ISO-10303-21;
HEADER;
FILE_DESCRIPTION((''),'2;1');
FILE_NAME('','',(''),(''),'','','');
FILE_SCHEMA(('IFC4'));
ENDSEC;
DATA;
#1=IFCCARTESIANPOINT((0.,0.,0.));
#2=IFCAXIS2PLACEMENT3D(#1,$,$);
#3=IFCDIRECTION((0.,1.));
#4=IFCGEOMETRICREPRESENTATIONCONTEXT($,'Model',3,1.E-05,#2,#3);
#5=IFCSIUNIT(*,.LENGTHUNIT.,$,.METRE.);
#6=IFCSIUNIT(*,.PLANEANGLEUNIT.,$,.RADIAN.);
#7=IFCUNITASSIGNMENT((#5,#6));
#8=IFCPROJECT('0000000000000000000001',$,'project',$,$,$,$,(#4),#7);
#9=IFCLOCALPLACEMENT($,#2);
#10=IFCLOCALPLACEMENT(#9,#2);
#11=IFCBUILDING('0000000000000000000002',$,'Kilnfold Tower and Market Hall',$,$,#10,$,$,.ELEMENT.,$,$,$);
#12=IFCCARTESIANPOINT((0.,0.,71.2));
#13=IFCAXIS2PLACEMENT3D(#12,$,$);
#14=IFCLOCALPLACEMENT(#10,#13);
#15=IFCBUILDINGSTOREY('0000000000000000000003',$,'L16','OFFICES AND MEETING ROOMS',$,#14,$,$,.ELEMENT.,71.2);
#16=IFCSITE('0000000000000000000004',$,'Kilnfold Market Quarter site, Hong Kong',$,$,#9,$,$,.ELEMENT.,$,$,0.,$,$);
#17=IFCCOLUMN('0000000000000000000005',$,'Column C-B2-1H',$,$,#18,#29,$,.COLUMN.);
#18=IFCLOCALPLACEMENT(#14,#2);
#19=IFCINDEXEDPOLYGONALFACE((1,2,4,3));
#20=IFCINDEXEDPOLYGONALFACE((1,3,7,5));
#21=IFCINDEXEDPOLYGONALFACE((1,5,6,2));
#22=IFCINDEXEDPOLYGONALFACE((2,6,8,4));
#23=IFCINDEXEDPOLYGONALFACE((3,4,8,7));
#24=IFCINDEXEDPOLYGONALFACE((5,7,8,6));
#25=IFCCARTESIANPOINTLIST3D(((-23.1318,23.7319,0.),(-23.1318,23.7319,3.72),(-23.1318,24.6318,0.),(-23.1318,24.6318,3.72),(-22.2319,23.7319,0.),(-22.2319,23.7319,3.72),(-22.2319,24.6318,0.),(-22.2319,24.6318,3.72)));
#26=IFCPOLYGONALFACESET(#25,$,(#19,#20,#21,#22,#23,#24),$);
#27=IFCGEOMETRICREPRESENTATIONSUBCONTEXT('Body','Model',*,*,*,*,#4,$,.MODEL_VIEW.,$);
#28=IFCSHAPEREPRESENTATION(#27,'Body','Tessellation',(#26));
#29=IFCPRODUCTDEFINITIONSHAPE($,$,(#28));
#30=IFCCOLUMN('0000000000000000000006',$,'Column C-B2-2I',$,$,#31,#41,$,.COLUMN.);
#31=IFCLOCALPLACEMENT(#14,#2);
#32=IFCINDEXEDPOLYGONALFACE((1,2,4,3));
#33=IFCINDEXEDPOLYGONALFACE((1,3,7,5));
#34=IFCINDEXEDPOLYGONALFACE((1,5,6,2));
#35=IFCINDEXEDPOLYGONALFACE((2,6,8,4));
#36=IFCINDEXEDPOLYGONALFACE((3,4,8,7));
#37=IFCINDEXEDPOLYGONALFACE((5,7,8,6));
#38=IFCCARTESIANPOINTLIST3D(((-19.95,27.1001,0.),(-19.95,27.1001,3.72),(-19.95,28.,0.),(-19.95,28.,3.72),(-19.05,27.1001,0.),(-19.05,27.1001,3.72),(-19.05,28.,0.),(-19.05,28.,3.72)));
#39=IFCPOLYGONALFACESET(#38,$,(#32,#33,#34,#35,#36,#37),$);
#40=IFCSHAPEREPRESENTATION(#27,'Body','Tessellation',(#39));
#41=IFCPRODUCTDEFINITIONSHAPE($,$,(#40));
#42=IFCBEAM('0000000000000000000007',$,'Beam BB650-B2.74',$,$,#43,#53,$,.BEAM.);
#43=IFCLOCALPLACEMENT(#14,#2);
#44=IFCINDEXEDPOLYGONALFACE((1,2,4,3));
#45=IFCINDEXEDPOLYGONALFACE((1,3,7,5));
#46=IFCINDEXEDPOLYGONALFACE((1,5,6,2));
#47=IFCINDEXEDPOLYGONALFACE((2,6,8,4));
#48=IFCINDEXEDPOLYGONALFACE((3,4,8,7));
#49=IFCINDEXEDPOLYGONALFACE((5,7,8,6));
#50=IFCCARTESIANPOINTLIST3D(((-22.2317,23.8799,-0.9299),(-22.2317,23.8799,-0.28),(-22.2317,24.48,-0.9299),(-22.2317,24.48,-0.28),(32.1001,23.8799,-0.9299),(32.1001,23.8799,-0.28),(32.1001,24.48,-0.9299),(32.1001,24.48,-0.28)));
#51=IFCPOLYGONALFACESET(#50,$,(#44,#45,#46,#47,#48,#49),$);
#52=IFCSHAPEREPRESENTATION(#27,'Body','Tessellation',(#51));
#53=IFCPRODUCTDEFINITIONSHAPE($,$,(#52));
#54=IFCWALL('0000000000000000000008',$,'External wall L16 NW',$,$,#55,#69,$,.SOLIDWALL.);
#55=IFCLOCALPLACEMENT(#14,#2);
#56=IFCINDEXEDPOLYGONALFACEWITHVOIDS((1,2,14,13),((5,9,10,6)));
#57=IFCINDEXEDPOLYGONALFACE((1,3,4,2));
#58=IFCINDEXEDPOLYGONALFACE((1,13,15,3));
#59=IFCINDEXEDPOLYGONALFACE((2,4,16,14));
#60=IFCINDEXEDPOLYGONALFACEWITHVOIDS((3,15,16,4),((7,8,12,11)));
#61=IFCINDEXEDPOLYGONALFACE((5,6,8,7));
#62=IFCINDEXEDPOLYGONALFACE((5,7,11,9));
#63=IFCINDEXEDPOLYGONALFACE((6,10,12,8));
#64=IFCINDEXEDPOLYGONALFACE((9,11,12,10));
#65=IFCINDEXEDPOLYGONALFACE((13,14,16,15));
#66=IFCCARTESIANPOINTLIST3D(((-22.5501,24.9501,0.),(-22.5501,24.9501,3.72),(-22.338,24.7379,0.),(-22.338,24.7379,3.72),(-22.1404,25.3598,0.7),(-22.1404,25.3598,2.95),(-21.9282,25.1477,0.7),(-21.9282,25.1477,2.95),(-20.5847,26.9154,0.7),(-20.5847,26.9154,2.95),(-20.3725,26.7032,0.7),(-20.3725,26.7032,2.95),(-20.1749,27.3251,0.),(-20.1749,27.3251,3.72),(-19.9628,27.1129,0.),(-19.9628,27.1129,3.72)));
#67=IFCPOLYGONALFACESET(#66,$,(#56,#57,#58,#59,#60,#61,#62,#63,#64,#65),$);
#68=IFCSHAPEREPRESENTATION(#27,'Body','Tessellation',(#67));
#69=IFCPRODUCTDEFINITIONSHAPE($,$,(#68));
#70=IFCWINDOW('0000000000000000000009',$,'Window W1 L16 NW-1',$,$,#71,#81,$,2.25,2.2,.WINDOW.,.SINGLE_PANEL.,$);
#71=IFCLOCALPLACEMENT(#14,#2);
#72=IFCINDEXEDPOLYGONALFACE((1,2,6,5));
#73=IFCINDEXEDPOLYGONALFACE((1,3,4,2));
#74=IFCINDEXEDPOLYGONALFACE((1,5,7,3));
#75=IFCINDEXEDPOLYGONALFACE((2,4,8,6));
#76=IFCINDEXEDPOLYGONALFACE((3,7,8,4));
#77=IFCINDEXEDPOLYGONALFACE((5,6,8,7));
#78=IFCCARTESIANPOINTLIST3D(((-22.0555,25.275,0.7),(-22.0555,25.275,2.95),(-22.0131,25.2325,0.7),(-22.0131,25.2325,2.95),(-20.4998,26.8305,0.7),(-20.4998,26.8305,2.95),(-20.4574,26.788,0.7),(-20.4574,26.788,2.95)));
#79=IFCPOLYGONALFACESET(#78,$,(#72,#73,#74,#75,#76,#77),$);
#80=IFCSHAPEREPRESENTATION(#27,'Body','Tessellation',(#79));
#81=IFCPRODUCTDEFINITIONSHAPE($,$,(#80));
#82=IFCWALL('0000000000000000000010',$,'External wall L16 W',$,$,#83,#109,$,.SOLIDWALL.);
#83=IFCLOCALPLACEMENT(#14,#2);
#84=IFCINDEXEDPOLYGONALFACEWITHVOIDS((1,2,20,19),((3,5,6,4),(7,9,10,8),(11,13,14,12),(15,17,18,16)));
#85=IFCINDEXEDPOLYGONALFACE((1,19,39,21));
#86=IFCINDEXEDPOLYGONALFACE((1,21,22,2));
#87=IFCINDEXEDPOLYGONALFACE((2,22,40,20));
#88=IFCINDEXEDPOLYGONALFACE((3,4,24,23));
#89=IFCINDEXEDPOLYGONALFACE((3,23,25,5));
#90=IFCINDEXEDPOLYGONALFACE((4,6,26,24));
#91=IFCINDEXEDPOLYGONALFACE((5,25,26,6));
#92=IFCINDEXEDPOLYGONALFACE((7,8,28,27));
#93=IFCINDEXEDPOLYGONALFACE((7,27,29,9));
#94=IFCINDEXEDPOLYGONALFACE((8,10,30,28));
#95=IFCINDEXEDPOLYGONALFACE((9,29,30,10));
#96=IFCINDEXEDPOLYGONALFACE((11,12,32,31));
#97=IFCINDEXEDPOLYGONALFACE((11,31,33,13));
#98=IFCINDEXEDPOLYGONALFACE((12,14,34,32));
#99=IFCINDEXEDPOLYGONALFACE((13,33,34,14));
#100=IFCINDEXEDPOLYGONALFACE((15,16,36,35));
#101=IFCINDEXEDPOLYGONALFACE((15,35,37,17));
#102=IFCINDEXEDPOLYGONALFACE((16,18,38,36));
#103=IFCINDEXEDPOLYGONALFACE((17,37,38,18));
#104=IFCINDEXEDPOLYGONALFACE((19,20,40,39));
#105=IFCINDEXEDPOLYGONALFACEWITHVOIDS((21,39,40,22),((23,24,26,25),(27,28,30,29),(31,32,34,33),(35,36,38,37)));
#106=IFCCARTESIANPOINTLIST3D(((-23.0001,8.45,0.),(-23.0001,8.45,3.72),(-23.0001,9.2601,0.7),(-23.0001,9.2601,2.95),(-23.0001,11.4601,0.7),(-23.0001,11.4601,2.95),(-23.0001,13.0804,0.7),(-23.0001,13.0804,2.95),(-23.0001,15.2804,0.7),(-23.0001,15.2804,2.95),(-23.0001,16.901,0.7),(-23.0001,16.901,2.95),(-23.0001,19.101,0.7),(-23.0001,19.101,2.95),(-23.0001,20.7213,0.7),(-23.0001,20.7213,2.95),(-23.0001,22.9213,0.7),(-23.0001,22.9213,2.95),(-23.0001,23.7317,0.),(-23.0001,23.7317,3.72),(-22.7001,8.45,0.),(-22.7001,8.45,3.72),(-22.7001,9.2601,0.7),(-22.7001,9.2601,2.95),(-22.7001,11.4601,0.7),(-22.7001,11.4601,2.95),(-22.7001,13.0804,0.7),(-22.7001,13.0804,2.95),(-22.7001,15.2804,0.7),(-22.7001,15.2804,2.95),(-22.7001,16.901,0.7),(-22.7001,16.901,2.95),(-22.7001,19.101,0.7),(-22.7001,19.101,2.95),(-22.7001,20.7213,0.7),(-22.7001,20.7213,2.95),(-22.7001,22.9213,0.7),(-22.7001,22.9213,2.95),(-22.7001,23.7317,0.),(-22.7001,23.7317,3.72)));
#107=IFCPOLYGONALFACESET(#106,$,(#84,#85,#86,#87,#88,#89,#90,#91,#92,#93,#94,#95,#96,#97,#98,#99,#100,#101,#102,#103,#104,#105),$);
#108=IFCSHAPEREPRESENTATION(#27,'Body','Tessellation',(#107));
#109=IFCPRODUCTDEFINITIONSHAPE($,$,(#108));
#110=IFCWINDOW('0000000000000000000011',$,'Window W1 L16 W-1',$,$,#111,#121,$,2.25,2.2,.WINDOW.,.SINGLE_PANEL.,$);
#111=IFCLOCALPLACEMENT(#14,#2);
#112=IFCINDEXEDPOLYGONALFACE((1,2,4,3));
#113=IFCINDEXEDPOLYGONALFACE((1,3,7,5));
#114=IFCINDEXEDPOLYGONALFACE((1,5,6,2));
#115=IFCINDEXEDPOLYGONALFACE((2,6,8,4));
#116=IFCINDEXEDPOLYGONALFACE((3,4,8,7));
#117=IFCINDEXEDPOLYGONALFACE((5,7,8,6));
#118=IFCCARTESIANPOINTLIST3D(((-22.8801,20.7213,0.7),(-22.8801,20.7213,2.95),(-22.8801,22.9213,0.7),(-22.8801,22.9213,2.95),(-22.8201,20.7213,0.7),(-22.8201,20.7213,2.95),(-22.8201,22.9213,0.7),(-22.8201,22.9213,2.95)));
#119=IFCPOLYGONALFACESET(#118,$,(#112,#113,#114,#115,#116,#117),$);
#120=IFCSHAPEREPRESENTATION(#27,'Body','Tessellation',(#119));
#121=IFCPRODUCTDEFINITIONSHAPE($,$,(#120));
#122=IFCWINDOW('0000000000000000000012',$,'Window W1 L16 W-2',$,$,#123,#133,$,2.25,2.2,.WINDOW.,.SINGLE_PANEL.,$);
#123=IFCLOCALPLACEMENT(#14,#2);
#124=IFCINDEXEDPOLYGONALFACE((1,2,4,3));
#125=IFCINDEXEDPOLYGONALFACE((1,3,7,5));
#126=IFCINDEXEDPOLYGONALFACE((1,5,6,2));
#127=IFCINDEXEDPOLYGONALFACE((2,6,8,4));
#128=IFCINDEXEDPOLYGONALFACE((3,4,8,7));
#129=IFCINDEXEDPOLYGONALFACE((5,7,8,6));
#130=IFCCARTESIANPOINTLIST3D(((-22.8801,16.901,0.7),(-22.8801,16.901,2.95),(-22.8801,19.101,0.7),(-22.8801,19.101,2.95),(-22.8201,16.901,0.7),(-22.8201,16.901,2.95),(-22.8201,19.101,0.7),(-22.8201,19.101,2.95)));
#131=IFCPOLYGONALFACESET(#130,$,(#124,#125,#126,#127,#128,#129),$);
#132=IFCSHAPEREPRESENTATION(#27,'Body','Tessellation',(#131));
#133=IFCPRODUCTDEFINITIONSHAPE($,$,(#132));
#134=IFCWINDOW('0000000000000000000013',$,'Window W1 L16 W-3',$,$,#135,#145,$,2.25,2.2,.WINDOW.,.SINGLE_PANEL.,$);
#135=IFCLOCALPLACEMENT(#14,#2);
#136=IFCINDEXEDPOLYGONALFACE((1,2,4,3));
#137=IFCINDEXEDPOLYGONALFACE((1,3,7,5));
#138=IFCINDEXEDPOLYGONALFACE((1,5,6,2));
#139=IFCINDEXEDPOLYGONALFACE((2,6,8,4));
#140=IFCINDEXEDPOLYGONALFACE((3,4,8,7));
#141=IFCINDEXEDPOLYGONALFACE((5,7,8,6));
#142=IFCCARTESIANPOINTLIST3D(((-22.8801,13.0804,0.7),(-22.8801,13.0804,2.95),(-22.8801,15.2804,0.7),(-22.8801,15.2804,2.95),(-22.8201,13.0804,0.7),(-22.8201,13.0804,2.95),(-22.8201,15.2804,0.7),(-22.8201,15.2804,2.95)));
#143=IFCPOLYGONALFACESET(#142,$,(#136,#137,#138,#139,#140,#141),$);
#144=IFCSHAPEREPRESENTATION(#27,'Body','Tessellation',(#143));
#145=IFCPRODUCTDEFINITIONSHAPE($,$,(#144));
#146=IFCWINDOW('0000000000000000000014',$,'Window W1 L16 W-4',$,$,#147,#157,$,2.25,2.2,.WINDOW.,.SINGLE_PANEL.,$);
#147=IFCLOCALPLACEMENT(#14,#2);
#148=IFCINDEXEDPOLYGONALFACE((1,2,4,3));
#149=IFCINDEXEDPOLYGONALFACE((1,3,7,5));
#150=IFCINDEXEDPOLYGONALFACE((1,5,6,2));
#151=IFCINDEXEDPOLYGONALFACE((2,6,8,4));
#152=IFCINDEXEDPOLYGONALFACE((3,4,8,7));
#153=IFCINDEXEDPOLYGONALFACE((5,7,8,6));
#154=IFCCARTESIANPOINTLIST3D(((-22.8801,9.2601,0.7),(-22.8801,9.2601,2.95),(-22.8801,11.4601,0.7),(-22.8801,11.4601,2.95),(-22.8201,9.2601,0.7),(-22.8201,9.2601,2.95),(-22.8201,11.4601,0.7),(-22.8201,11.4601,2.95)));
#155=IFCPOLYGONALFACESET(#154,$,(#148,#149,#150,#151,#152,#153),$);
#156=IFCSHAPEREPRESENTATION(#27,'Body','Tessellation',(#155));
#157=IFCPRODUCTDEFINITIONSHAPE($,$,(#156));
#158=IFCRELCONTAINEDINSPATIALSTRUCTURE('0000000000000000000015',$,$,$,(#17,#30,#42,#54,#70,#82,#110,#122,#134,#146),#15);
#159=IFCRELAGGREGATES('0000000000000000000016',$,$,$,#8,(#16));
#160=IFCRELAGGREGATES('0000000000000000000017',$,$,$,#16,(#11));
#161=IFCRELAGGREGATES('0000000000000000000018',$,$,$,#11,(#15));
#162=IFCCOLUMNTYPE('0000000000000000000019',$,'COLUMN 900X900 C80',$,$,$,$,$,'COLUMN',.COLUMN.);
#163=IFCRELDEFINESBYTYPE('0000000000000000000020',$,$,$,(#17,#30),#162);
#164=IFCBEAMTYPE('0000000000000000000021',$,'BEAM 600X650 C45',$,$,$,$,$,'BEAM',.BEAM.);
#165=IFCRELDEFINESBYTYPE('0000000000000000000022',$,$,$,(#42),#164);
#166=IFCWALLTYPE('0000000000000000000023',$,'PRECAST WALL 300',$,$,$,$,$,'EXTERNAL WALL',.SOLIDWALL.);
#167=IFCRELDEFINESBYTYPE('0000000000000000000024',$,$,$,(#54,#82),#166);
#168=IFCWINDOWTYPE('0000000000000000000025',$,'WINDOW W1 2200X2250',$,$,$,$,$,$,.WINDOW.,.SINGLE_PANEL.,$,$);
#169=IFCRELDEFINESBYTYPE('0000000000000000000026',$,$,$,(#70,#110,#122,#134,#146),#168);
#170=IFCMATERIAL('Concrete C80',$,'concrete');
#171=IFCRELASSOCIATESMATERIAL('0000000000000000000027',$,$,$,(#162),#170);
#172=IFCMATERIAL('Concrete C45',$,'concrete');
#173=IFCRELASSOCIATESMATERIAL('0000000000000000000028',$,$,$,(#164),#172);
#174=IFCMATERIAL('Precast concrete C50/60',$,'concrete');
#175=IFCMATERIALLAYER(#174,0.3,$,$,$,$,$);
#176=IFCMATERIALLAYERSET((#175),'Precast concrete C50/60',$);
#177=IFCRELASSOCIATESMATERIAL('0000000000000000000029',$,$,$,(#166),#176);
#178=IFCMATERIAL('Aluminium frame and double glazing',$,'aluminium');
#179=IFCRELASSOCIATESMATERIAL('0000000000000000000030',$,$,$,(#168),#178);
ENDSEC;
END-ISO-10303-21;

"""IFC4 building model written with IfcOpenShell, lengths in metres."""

from ifc_helpers import new_model, si_unit, direction, frame, frame_2d, origin, origin_2d, place, context, subcontext, project, spatial, rectangle, extrude, source, transform, mapped, material, layer, layer_set, material_profile, profile_set, type_object, element, fill, save


model = new_model("IFC4")

# Units and contexts
model_context = context("Model", 3, precision=1e-05, world=origin(), true_north=direction((0.0, 1.0)))
body_context = subcontext(model_context, "Body", "Model", "MODEL_VIEW")
ifc_project = project(units=[si_unit("LENGTHUNIT", "METRE"), si_unit("PLANEANGLEUNIT", "RADIAN")], contexts=[model_context])

# Site, building, storey
site_placement = place(None, origin())
site = spatial("IfcSite", under=ifc_project, at=site_placement, Name="Kilnfold Market Quarter site, Hong Kong", CompositionType="ELEMENT", RefElevation=0.0)
building_placement = place(site_placement, origin())
building = spatial("IfcBuilding", under=site, at=building_placement, Name="Kilnfold Tower and Market Hall", CompositionType="ELEMENT")
storey_placement = place(building_placement, frame((0.0, 0.0, 71.2)))
storey = spatial("IfcBuildingStorey", under=building, at=storey_placement, Name="L16", Description="OFFICES AND MEETING ROOMS", CompositionType="ELEMENT", Elevation=71.2)

# Columns
ifc_material_1 = material(Name="Concrete C80", Category="concrete")
ifc_material_profile_1 = material_profile(ifc_material_1, rectangle(XDim=0.8999, YDim=0.8999, at=origin_2d()), Name="RC 900x900")
ifc_profile_set_1 = profile_set([ifc_material_profile_1], Name="Concrete C80")
column_type = type_object("IfcColumnType", Name="COLUMN 900X900 C80", ElementType="COLUMN", PredefinedType="COLUMN", material=ifc_profile_set_1)
shared_shape_1 = source(origin(), body_context, "Body", "SweptSolid", [
    extrude(rectangle(XDim=0.8999, YDim=0.8999, at=origin_2d()), origin(), (0.0, 0.0, 1.0), 3.72),
])
for number, where, z_axis, x_axis, name in (
    (1, (-22.6819, 24.1819, 0.0), (0.0, 0.0, 1.0), (1.0, 0.0, 0.0), "Column C-B2-1H"),
    (2, (-19.5, 27.55, 0.0), (0.0, 0.0, 1.0), (1.0, 0.0, 0.0), "Column C-B2-2I"),
):
    element("IfcColumn", number, at=place(storey_placement, frame(where, z_axis=z_axis, x_axis=x_axis)), inside=storey, type_object=column_type, Name=name, PredefinedType="COLUMN", context=body_context, shape_type="MappedRepresentation", body=[
        mapped(shared_shape_1, transform((0.0, 0.0, 0.0))),
    ])

# Beam
ifc_material_2 = material(Name="Concrete C45", Category="concrete")
ifc_material_profile_2 = material_profile(ifc_material_2, rectangle(XDim=0.6001, YDim=0.6499, at=origin_2d()), Name="RC 600x650")
ifc_profile_set_2 = profile_set([ifc_material_profile_2], Name="Concrete C45")
beam_type = type_object("IfcBeamType", Name="BEAM 600X650 C45", ElementType="BEAM", PredefinedType="BEAM", material=ifc_profile_set_2)
shared_shape_2 = source(origin(), body_context, "Body", "SweptSolid", [
    extrude(rectangle(XDim=0.6001, YDim=0.6499, at=origin_2d()), origin(), (0.0, 0.0, 1.0), 54.3318),
])
beam_placement = place(storey_placement, frame((-22.2317, 24.1799, -0.605), z_axis=(1.0, 0.0, 0.0), x_axis=(0.0, 1.0, 0.0)))
element("IfcBeam", 3, at=beam_placement, inside=storey, type_object=beam_type, Name="Beam BB650-B2.74", PredefinedType="BEAM", context=body_context, shape_type="MappedRepresentation", body=[
    mapped(shared_shape_2, transform((0.0, 0.0, 0.0))),
])

# Wall, opening, window
ifc_material_3 = material(Name="Precast concrete C50/60", Category="concrete")
ifc_layer_1 = layer(ifc_material_3, 0.3)
ifc_layer_set_1 = layer_set([ifc_layer_1], Name="Precast concrete C50/60")
wall_type = type_object("IfcWallType", Name="PRECAST WALL 300", ElementType="EXTERNAL WALL", PredefinedType="SOLIDWALL", material=ifc_layer_set_1)
shared_shape_3 = source(origin(), body_context, "Body", "SweptSolid", [
    extrude(rectangle(XDim=3.3589, YDim=0.3, at=frame_2d((1.6794, 0.0))), origin(), (0.0, 0.0, 1.0), 3.72),
])
wall_1_placement = place(storey_placement, frame((-20.0688, 27.219, 0.0), z_axis=(0.0, 0.0, 1.0), x_axis=(-0.707143, -0.70707, 0.0)))
wall_1 = element("IfcWall", 4, at=wall_1_placement, inside=storey, type_object=wall_type, Name="External wall L16 NW", PredefinedType="SOLIDWALL", context=body_context, shape_type="MappedRepresentation", body=[
    mapped(shared_shape_3, transform((0.0, 0.0, 0.0))),
])
opening_1_placement = place(wall_1_placement, frame((0.5793, 0.0, 0.7)))
opening_1 = element("IfcOpeningElement", 5, at=opening_1_placement, cuts=wall_1, PredefinedType="OPENING", context=body_context, shape_type="SweptSolid", body=[
    extrude(rectangle(XDim=2.2, YDim=2.25, at=frame_2d((1.1001, 1.125))), frame((0.0, 0.1602, 0.0), z_axis=(0.0, -1.0, 0.0), x_axis=(1.0, 0.0, 0.0)), (0.0, 0.0, 1.0), 0.3201),
])
ifc_material_4 = material(Name="Aluminium frame and double glazing", Category="aluminium")
window_type = type_object("IfcWindowType", Name="WINDOW W1 2200X2250", PartitioningType="SINGLE_PANEL", PredefinedType="WINDOW", material=ifc_material_4)
window_1_placement = place(opening_1_placement, origin())
window_1 = element("IfcWindow", 6, at=window_1_placement, inside=storey, type_object=window_type, Name="Window W1 L16 NW-1", OverallHeight=2.25, OverallWidth=2.2, PartitioningType="SINGLE_PANEL", PredefinedType="WINDOW", context=body_context, shape_type="SweptSolid", body=[
    extrude(rectangle(XDim=2.2, YDim=2.25, at=frame_2d((1.1001, 1.125))), frame((0.0, 0.03, 0.0), z_axis=(0.0, -1.0, 0.0), x_axis=(1.0, 0.0, 0.0)), (0.0, 0.0, 1.0), 0.0601),
])
fill(opening_1, window_1)

# Wall, openings, windows
shared_shape_4 = source(origin(), body_context, "Body", "SweptSolid", [
    extrude(rectangle(XDim=15.2817, YDim=0.3, at=frame_2d((7.6409, 0.0))), origin(), (0.0, 0.0, 1.0), 3.72),
])
wall_2_placement = place(storey_placement, frame((-22.8501, 23.7317, 0.0), z_axis=(0.0, 0.0, 1.0), x_axis=(0.0, -1.0, 0.0)))
wall_2 = element("IfcWall", 7, at=wall_2_placement, inside=storey, type_object=wall_type, Name="External wall L16 W", PredefinedType="SOLIDWALL", context=body_context, shape_type="MappedRepresentation", body=[
    mapped(shared_shape_4, transform((0.0, 0.0, 0.0))),
])
opening_2_placement = place(wall_2_placement, frame((0.8103, 0.0, 0.7)))
opening_2 = element("IfcOpeningElement", 8, at=opening_2_placement, cuts=wall_2, PredefinedType="OPENING", context=body_context, shape_type="SweptSolid", body=[
    extrude(rectangle(XDim=2.2, YDim=2.25, at=frame_2d((1.1001, 1.125))), frame((0.0, 0.1602, 0.0), z_axis=(0.0, -1.0, 0.0), x_axis=(1.0, 0.0, 0.0)), (0.0, 0.0, 1.0), 0.3201),
])
opening_3_placement = place(wall_2_placement, frame((4.6306, 0.0, 0.7)))
opening_3 = element("IfcOpeningElement", 9, at=opening_3_placement, cuts=wall_2, PredefinedType="OPENING", context=body_context, shape_type="SweptSolid", body=[
    extrude(rectangle(XDim=2.2, YDim=2.25, at=frame_2d((1.1001, 1.125))), frame((0.0, 0.1602, 0.0), z_axis=(0.0, -1.0, 0.0), x_axis=(1.0, 0.0, 0.0)), (0.0, 0.0, 1.0), 0.3201),
])
opening_4_placement = place(wall_2_placement, frame((8.4512, 0.0, 0.7)))
opening_4 = element("IfcOpeningElement", 10, at=opening_4_placement, cuts=wall_2, PredefinedType="OPENING", context=body_context, shape_type="SweptSolid", body=[
    extrude(rectangle(XDim=2.2, YDim=2.25, at=frame_2d((1.1001, 1.125))), frame((0.0, 0.1602, 0.0), z_axis=(0.0, -1.0, 0.0), x_axis=(1.0, 0.0, 0.0)), (0.0, 0.0, 1.0), 0.3201),
])
opening_5_placement = place(wall_2_placement, frame((12.2715, 0.0, 0.7)))
opening_5 = element("IfcOpeningElement", 11, at=opening_5_placement, cuts=wall_2, PredefinedType="OPENING", context=body_context, shape_type="SweptSolid", body=[
    extrude(rectangle(XDim=2.2, YDim=2.25, at=frame_2d((1.1001, 1.125))), frame((0.0, 0.1602, 0.0), z_axis=(0.0, -1.0, 0.0), x_axis=(1.0, 0.0, 0.0)), (0.0, 0.0, 1.0), 0.3201),
])
window_2_placement = place(opening_2_placement, origin())
window_2 = element("IfcWindow", 12, at=window_2_placement, inside=storey, type_object=window_type, Name="Window W1 L16 W-1", OverallHeight=2.25, OverallWidth=2.2, PartitioningType="SINGLE_PANEL", PredefinedType="WINDOW", context=body_context, shape_type="SweptSolid", body=[
    extrude(rectangle(XDim=2.2, YDim=2.25, at=frame_2d((1.1001, 1.125))), frame((0.0, 0.03, 0.0), z_axis=(0.0, -1.0, 0.0), x_axis=(1.0, 0.0, 0.0)), (0.0, 0.0, 1.0), 0.0601),
])
fill(opening_2, window_2)
window_3_placement = place(opening_3_placement, origin())
window_3 = element("IfcWindow", 13, at=window_3_placement, inside=storey, type_object=window_type, Name="Window W1 L16 W-2", OverallHeight=2.25, OverallWidth=2.2, PartitioningType="SINGLE_PANEL", PredefinedType="WINDOW", context=body_context, shape_type="SweptSolid", body=[
    extrude(rectangle(XDim=2.2, YDim=2.25, at=frame_2d((1.1001, 1.125))), frame((0.0, 0.03, 0.0), z_axis=(0.0, -1.0, 0.0), x_axis=(1.0, 0.0, 0.0)), (0.0, 0.0, 1.0), 0.0601),
])
fill(opening_3, window_3)
window_4_placement = place(opening_4_placement, origin())
window_4 = element("IfcWindow", 14, at=window_4_placement, inside=storey, type_object=window_type, Name="Window W1 L16 W-3", OverallHeight=2.25, OverallWidth=2.2, PartitioningType="SINGLE_PANEL", PredefinedType="WINDOW", context=body_context, shape_type="SweptSolid", body=[
    extrude(rectangle(XDim=2.2, YDim=2.25, at=frame_2d((1.1001, 1.125))), frame((0.0, 0.03, 0.0), z_axis=(0.0, -1.0, 0.0), x_axis=(1.0, 0.0, 0.0)), (0.0, 0.0, 1.0), 0.0601),
])
fill(opening_4, window_4)
window_5_placement = place(opening_5_placement, origin())
window_5 = element("IfcWindow", 15, at=window_5_placement, inside=storey, type_object=window_type, Name="Window W1 L16 W-4", OverallHeight=2.25, OverallWidth=2.2, PartitioningType="SINGLE_PANEL", PredefinedType="WINDOW", context=body_context, shape_type="SweptSolid", body=[
    extrude(rectangle(XDim=2.2, YDim=2.25, at=frame_2d((1.1001, 1.125))), frame((0.0, 0.03, 0.0), z_axis=(0.0, -1.0, 0.0), x_axis=(1.0, 0.0, 0.0)), (0.0, 0.0, 1.0), 0.0601),
])
fill(opening_5, window_5)

save(model, "model.ifc")
